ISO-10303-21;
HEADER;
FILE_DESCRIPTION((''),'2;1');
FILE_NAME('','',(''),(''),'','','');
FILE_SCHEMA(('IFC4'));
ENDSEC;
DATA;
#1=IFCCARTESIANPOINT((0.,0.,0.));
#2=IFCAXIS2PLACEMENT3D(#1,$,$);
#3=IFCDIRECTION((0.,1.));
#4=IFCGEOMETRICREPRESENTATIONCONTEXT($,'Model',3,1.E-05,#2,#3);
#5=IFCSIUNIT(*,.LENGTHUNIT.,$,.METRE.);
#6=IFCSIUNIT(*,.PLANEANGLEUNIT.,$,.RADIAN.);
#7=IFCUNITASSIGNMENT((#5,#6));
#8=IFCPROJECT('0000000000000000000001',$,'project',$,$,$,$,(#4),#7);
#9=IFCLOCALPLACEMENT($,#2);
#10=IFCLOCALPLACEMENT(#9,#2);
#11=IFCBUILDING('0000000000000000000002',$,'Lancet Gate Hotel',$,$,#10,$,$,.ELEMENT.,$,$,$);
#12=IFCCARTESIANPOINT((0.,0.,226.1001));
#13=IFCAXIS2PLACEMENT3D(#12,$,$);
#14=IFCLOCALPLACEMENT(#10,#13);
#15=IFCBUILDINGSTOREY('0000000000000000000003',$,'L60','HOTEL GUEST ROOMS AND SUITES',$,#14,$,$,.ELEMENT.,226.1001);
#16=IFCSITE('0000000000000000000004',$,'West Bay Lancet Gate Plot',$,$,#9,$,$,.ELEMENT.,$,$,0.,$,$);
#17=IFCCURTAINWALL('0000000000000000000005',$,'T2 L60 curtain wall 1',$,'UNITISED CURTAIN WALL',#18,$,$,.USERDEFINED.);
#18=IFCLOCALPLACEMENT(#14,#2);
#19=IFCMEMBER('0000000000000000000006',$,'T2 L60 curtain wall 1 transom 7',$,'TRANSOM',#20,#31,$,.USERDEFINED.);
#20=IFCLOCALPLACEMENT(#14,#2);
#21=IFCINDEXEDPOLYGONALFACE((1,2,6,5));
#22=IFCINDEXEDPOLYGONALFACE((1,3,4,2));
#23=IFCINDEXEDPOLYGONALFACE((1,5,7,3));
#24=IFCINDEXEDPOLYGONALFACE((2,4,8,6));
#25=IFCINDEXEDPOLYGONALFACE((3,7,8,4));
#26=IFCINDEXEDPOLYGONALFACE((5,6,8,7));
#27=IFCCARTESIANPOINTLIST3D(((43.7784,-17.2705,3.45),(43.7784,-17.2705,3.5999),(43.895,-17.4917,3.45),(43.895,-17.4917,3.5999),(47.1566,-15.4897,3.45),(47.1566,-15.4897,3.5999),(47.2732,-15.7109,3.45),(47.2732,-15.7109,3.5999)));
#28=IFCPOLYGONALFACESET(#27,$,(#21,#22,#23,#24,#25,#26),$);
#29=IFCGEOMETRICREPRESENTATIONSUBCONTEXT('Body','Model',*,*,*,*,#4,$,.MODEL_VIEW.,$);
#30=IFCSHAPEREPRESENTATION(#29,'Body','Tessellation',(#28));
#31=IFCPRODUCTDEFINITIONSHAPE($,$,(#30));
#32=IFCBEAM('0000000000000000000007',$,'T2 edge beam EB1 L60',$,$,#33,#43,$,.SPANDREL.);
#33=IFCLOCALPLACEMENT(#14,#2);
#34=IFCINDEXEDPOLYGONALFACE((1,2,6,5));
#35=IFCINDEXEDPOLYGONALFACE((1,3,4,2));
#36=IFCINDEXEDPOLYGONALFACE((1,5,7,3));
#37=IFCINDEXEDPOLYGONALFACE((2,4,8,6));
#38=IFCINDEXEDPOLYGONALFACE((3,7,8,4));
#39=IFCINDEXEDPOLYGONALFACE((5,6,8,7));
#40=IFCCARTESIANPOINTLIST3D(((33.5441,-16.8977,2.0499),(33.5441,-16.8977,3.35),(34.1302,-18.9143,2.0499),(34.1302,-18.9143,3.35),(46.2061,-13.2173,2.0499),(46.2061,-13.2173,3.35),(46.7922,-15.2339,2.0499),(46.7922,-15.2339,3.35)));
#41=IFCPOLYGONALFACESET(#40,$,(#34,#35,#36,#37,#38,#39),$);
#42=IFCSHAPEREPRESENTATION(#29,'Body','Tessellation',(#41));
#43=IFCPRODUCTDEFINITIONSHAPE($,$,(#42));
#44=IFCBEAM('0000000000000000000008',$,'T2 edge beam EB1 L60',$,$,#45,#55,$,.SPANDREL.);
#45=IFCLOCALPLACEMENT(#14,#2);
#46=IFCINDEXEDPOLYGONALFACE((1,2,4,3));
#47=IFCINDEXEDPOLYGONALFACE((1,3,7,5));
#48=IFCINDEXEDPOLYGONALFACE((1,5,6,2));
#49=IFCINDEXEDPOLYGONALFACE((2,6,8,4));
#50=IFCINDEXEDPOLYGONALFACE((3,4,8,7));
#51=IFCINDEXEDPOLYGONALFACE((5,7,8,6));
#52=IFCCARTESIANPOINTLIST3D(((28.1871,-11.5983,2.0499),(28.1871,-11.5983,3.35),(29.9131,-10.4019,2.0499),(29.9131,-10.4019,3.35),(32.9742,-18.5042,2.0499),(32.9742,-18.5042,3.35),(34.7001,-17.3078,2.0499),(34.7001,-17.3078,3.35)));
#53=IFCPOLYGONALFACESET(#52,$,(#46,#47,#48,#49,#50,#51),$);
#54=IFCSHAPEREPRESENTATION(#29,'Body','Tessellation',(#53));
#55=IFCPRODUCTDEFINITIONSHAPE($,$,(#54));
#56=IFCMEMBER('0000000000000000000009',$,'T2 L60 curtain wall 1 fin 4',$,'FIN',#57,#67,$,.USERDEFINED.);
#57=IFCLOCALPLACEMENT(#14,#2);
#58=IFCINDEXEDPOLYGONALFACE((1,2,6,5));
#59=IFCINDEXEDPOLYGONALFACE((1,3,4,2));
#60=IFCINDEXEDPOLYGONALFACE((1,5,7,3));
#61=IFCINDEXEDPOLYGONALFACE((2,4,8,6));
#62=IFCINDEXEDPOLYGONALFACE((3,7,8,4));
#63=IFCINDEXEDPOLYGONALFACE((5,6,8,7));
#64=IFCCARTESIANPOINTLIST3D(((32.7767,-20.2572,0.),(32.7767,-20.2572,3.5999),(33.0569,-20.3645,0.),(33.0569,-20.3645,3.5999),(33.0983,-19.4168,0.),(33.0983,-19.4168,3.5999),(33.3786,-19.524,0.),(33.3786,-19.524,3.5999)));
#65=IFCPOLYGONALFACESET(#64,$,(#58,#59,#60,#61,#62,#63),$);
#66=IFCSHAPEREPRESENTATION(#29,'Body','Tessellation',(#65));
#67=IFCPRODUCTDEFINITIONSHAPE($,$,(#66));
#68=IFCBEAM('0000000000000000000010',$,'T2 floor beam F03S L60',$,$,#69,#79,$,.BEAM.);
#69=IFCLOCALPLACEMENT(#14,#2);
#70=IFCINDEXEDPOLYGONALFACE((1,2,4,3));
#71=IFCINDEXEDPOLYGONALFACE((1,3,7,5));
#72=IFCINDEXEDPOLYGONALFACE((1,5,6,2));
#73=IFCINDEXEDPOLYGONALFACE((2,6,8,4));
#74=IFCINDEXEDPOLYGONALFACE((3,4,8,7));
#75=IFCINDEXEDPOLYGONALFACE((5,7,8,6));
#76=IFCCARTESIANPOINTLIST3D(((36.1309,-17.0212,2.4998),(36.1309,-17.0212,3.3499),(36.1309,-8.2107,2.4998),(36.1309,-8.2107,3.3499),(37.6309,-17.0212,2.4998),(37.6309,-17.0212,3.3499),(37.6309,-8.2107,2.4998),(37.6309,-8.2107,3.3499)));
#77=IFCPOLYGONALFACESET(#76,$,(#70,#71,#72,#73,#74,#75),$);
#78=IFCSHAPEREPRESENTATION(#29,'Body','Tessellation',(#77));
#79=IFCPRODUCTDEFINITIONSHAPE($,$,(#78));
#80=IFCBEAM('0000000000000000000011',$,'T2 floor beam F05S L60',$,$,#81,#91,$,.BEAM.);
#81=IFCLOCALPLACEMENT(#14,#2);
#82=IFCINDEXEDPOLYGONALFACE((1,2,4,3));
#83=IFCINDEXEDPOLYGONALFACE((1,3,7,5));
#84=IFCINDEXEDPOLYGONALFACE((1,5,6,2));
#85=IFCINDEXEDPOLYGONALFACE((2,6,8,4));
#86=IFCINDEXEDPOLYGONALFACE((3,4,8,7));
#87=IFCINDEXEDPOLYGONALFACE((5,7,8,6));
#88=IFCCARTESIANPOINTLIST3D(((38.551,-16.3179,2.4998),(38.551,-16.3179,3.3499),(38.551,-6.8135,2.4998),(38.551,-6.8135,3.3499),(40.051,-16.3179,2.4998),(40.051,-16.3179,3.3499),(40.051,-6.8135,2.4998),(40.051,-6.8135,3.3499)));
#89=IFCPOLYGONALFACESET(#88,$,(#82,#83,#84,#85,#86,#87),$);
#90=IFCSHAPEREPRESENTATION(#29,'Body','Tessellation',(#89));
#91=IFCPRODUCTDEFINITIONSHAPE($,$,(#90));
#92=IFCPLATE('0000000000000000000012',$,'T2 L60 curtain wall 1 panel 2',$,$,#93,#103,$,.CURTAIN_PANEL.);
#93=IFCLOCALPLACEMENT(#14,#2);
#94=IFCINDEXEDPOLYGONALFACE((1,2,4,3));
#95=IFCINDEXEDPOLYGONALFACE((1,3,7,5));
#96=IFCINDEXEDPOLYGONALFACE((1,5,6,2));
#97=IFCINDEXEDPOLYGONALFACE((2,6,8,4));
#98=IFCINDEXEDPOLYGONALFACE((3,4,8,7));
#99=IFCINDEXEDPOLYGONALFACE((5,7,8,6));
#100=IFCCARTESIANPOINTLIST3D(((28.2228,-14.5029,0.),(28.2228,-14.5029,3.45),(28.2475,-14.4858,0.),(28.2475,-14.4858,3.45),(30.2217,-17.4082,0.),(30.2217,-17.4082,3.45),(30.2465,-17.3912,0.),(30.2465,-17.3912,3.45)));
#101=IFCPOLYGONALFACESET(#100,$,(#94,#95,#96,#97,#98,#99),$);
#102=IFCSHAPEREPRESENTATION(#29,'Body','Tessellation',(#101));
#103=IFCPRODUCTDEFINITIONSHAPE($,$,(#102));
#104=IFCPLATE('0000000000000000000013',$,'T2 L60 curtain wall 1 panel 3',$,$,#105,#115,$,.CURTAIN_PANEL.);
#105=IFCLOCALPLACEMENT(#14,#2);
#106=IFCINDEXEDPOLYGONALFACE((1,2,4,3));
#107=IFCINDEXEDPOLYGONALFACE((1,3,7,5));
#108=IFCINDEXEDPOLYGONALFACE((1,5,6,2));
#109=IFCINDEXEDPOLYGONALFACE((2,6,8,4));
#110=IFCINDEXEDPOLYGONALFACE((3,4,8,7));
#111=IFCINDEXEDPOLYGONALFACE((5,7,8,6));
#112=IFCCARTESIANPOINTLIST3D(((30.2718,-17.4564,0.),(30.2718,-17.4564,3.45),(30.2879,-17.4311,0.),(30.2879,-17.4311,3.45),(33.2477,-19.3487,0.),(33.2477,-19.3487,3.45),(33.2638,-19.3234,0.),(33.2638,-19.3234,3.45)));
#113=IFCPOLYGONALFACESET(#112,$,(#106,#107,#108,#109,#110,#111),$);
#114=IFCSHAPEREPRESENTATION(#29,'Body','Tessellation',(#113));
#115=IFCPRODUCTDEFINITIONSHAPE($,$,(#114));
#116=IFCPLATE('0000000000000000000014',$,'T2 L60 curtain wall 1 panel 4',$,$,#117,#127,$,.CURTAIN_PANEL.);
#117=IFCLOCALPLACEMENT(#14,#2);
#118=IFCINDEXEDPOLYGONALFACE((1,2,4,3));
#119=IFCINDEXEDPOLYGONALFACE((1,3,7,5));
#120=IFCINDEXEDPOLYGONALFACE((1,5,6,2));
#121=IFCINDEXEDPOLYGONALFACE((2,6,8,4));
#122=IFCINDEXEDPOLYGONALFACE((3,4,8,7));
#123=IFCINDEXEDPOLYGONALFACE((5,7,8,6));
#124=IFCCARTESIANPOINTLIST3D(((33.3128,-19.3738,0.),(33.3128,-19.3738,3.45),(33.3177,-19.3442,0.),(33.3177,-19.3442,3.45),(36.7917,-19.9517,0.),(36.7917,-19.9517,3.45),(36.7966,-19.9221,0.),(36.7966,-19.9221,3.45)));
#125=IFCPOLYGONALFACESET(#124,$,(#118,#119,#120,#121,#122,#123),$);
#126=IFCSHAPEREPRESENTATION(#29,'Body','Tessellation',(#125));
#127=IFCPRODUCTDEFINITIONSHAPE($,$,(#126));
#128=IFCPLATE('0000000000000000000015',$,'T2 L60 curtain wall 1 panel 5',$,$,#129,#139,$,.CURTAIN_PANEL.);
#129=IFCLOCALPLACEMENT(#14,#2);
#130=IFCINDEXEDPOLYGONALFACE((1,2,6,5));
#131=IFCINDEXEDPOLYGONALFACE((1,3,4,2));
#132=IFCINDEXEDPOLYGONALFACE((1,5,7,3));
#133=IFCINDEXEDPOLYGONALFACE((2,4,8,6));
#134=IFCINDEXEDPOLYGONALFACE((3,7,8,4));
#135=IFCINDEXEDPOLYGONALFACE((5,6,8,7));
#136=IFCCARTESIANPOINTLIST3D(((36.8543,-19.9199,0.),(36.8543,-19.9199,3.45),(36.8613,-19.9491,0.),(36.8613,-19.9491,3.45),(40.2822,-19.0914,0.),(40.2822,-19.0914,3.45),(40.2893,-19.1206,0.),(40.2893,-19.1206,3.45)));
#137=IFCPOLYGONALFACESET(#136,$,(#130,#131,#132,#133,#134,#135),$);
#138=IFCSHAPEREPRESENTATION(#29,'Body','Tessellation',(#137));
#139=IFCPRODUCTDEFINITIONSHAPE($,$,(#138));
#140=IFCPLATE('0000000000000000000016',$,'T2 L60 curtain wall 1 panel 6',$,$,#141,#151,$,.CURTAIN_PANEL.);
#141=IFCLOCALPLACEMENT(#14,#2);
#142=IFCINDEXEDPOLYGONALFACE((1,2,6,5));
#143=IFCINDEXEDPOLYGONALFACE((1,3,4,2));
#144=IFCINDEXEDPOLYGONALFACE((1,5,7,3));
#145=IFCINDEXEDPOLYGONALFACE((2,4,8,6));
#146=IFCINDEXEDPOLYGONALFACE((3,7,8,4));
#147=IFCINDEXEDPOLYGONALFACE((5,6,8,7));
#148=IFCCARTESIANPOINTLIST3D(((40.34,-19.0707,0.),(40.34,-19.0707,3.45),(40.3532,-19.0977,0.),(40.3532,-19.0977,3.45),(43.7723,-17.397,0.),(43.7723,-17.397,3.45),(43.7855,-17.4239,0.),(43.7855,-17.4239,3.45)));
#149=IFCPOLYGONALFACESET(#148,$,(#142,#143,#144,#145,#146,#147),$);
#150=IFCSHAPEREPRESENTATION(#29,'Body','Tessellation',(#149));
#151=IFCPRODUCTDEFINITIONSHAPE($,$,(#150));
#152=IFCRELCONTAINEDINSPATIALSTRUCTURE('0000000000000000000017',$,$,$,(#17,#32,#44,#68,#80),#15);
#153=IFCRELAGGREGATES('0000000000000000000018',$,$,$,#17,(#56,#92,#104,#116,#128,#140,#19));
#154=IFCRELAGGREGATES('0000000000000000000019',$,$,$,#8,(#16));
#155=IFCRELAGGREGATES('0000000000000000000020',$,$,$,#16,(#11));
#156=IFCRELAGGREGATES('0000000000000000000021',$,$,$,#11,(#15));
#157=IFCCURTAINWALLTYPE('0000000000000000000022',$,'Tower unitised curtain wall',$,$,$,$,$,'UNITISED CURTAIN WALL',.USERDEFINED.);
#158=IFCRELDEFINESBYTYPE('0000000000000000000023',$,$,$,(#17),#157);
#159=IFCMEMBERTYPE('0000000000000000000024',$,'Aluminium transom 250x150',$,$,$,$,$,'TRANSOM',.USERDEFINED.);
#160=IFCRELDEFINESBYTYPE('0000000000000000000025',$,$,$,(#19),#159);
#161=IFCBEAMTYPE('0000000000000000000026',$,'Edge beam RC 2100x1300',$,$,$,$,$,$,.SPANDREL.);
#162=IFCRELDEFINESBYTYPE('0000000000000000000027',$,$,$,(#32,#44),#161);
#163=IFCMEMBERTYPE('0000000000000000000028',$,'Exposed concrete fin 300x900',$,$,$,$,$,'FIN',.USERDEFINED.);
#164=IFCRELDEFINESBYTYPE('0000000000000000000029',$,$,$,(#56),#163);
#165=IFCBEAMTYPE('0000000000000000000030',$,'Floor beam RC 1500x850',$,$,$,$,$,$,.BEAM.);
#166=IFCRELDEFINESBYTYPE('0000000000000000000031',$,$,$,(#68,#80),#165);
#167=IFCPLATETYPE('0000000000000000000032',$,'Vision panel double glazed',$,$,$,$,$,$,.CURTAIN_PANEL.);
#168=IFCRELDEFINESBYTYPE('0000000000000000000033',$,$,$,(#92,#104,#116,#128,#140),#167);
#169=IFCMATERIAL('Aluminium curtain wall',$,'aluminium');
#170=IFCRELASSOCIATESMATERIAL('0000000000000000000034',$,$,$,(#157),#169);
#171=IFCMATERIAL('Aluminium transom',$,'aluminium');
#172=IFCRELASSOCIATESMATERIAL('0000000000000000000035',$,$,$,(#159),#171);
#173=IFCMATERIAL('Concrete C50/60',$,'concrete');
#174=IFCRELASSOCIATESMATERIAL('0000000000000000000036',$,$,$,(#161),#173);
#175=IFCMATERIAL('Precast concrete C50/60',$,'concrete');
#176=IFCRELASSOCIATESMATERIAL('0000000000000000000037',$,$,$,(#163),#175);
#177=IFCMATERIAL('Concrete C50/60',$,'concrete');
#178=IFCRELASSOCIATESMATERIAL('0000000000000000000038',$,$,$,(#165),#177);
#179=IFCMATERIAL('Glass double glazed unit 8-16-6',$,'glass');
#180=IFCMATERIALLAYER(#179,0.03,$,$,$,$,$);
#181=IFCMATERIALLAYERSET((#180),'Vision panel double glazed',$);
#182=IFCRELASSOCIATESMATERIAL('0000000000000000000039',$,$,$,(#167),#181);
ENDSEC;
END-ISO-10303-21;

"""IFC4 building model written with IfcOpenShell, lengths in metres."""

from ifc_helpers import new_model, si_unit, direction, frame, origin, origin_2d, place, context, subcontext, project, spatial, rectangle, extrude, material, layer, layer_set, material_profile, profile_set, type_object, element, aggregate, save


model = new_model("IFC4")

# Units and contexts
model_context = context("Model", 3, precision=1e-05, world=origin(), true_north=direction((0.0, 1.0)))
body_context = subcontext(model_context, "Body", "Model", "MODEL_VIEW")
ifc_project = project(units=[si_unit("LENGTHUNIT", "METRE"), si_unit("PLANEANGLEUNIT", "RADIAN")], contexts=[model_context])

# Site, building, storey
site_placement = place(None, origin())
site = spatial("IfcSite", under=ifc_project, at=site_placement, Name="West Bay Lancet Gate Plot", CompositionType="ELEMENT", RefElevation=0.0)
building_placement = place(site_placement, origin())
building = spatial("IfcBuilding", under=site, at=building_placement, Name="Lancet Gate Hotel", CompositionType="ELEMENT")
storey_placement = place(building_placement, frame((0.0, 0.0, 226.1001)))
storey = spatial("IfcBuildingStorey", under=building, at=storey_placement, Name="L60", Description="HOTEL GUEST ROOMS AND SUITES", CompositionType="ELEMENT", Elevation=226.1001)

# Curtain wall, member
ifc_material_1 = material(Name="Aluminium curtain wall", Category="aluminium")
curtain_wall_type = type_object("IfcCurtainWallType", Name="Tower unitised curtain wall", ElementType="UNITISED CURTAIN WALL", PredefinedType="USERDEFINED", material=ifc_material_1)
curtain_wall_placement = place(storey_placement, origin())
curtain_wall = element("IfcCurtainWall", 1, at=curtain_wall_placement, inside=storey, type_object=curtain_wall_type, Name="T2 L60 curtain wall 1", ObjectType="UNITISED CURTAIN WALL", PredefinedType="USERDEFINED")
ifc_material_2 = material(Name="Aluminium transom", Category="aluminium")
ifc_material_profile_1 = material_profile(ifc_material_2, rectangle(XDim=0.25, YDim=0.1499, at=origin_2d()), Name="TRANSOM 250x150")
ifc_profile_set_1 = profile_set([ifc_material_profile_1], Name="Aluminium transom")
member_type_1 = type_object("IfcMemberType", Name="Aluminium transom 250x150", ElementType="TRANSOM", PredefinedType="USERDEFINED", material=ifc_profile_set_1)
member_1_placement = place(storey_placement, frame((43.8367, -17.3811, 3.5249), z_axis=(0.884618, 0.466315, 0.0), x_axis=(-0.466315, 0.884618, 0.0)))
member_1 = element("IfcMember", 2, at=member_1_placement, type_object=member_type_1, Name="T2 L60 curtain wall 1 transom 7", ObjectType="TRANSOM", PredefinedType="USERDEFINED", context=body_context, shape_type="SweptSolid", body=[
    extrude(rectangle(XDim=0.25, YDim=0.1499, at=origin_2d()), origin(), (0.0, 0.0, 1.0), 3.8188),
])

# Beams
ifc_material_3 = material(Name="Concrete C50/60", Category="concrete")
ifc_material_profile_2 = material_profile(ifc_material_3, rectangle(XDim=2.1001, YDim=1.3, at=origin_2d()), Name="RC 2100x1300")
ifc_profile_set_2 = profile_set([ifc_material_profile_2], Name="Concrete C50/60")
beam_type_1 = type_object("IfcBeamType", Name="Edge beam RC 2100x1300", PredefinedType="SPANDREL", material=ifc_profile_set_2)
beam_1_placement = place(storey_placement, frame((33.8372, -17.906, 2.7), z_axis=(0.960258, 0.279113, 0.0), x_axis=(-0.279113, 0.960258, 0.0)))
element("IfcBeam", 3, at=beam_1_placement, inside=storey, type_object=beam_type_1, Name="T2 edge beam EB1 L60", PredefinedType="SPANDREL", context=body_context, shape_type="SweptSolid", body=[
    extrude(rectangle(XDim=2.1001, YDim=1.3, at=origin_2d()), origin(), (0.0, 0.0, 1.0), 13.186),
])
beam_2_placement = place(storey_placement, frame((33.8372, -17.906, 2.7), z_axis=(-0.569695, 0.821856, 0.0), x_axis=(-0.821856, -0.569695, 0.0)))
element("IfcBeam", 4, at=beam_2_placement, inside=storey, type_object=beam_type_1, Name="T2 edge beam EB1 L60", PredefinedType="SPANDREL", context=body_context, shape_type="SweptSolid", body=[
    extrude(rectangle(XDim=2.1001, YDim=1.3, at=origin_2d()), origin(), (0.0, 0.0, 1.0), 8.4028),
])

# Member
ifc_material_4 = material(Name="Precast concrete C50/60", Category="concrete")
ifc_material_profile_3 = material_profile(ifc_material_4, rectangle(XDim=0.3, YDim=0.8999, at=origin_2d()), Name="FIN 300x900")
ifc_profile_set_3 = profile_set([ifc_material_profile_3], Name="Precast concrete C50/60")
member_type_2 = type_object("IfcMemberType", Name="Exposed concrete fin 300x900", ElementType="FIN", PredefinedType="USERDEFINED", material=ifc_profile_set_3)
member_2_placement = place(storey_placement, frame((33.0776, -19.8906, 0.0), z_axis=(0.0, 0.0, 1.0), x_axis=(0.933943, -0.357421, 0.0)))
member_2 = element("IfcMember", 5, at=member_2_placement, type_object=member_type_2, Name="T2 L60 curtain wall 1 fin 4", ObjectType="FIN", PredefinedType="USERDEFINED", context=body_context, shape_type="SweptSolid", body=[
    extrude(rectangle(XDim=0.3, YDim=0.8999, at=origin_2d()), origin(), (0.0, 0.0, 1.0), 3.5999),
])

# Beams
ifc_material_5 = material(Name="Concrete C50/60", Category="concrete")
ifc_material_profile_4 = material_profile(ifc_material_5, rectangle(XDim=1.5, YDim=0.8501, at=origin_2d()), Name="RC 1500x850")
ifc_profile_set_4 = profile_set([ifc_material_profile_4], Name="Concrete C50/60")
beam_type_2 = type_object("IfcBeamType", Name="Floor beam RC 1500x850", PredefinedType="BEAM", material=ifc_profile_set_4)
beam_3_placement = place(storey_placement, frame((36.8809, -17.0212, 2.9248), z_axis=(0.0, 1.0, 0.0), x_axis=(-1.0, 0.0, 0.0)))
element("IfcBeam", 6, at=beam_3_placement, inside=storey, type_object=beam_type_2, Name="T2 floor beam F03S L60", PredefinedType="BEAM", context=body_context, shape_type="SweptSolid", body=[
    extrude(rectangle(XDim=1.5, YDim=0.8501, at=origin_2d()), origin(), (0.0, 0.0, 1.0), 8.8105),
])
beam_4_placement = place(storey_placement, frame((39.301, -16.3179, 2.9248), z_axis=(0.0, 1.0, 0.0), x_axis=(-1.0, 0.0, 0.0)))
element("IfcBeam", 7, at=beam_4_placement, inside=storey, type_object=beam_type_2, Name="T2 floor beam F05S L60", PredefinedType="BEAM", context=body_context, shape_type="SweptSolid", body=[
    extrude(rectangle(XDim=1.5, YDim=0.8501, at=origin_2d()), origin(), (0.0, 0.0, 1.0), 9.5044),
])

# Plates
ifc_material_6 = material(Name="Glass double glazed unit 8-16-6", Category="glass")
ifc_layer = layer(ifc_material_6, 0.03)
ifc_layer_set = layer_set([ifc_layer], Name="Vision panel double glazed")
plate_type = type_object("IfcPlateType", Name="Vision panel double glazed", PredefinedType="CURTAIN_PANEL", material=ifc_layer_set)
plate_1_placement = place(storey_placement, frame((29.2346, -15.947, 0.0), z_axis=(0.0, 0.0, 1.0), x_axis=(0.566824, -0.823839, 0.0)))
plate_1 = element("IfcPlate", 8, at=plate_1_placement, type_object=plate_type, Name="T2 L60 curtain wall 1 panel 2", PredefinedType="CURTAIN_PANEL", context=body_context, shape_type="SweptSolid", body=[
    extrude(rectangle(XDim=3.5266, YDim=0.03, at=origin_2d()), origin(), (0.0, 0.0, 1.0), 3.45),
])
plate_2_placement = place(storey_placement, frame((31.7678, -18.3899, 0.0), z_axis=(0.0, 0.0, 1.0), x_axis=(0.843845, -0.536587, 0.0)))
plate_2 = element("IfcPlate", 9, at=plate_2_placement, type_object=plate_type, Name="T2 L60 curtain wall 1 panel 3", PredefinedType="CURTAIN_PANEL", context=body_context, shape_type="SweptSolid", body=[
    extrude(rectangle(XDim=3.5266, YDim=0.03, at=origin_2d()), origin(), (0.0, 0.0, 1.0), 3.45),
])
plate_3_placement = place(storey_placement, frame((35.0547, -19.6479, 0.0), z_axis=(0.0, 0.0, 1.0), x_axis=(0.98648, -0.163881, 0.0)))
plate_3 = element("IfcPlate", 10, at=plate_3_placement, type_object=plate_type, Name="T2 L60 curtain wall 1 panel 4", PredefinedType="CURTAIN_PANEL", context=body_context, shape_type="SweptSolid", body=[
    extrude(rectangle(XDim=3.5266, YDim=0.03, at=origin_2d()), origin(), (0.0, 0.0, 1.0), 3.45),
])
plate_4_placement = place(storey_placement, frame((38.5718, -19.5203, 0.0), z_axis=(0.0, 0.0, 1.0), x_axis=(0.972014, 0.234924, 0.0)))
plate_4 = element("IfcPlate", 11, at=plate_4_placement, type_object=plate_type, Name="T2 L60 curtain wall 1 panel 5", PredefinedType="CURTAIN_PANEL", context=body_context, shape_type="SweptSolid", body=[
    extrude(rectangle(XDim=3.5266, YDim=0.03, at=origin_2d()), origin(), (0.0, 0.0, 1.0), 3.45),
])
plate_5_placement = place(storey_placement, frame((42.0627, -18.2473, 0.0), z_axis=(0.0, 0.0, 1.0), x_axis=(0.898823, 0.438311, 0.0)))
plate_5 = element("IfcPlate", 12, at=plate_5_placement, type_object=plate_type, Name="T2 L60 curtain wall 1 panel 6", PredefinedType="CURTAIN_PANEL", context=body_context, shape_type="SweptSolid", body=[
    extrude(rectangle(XDim=3.8186, YDim=0.03, at=origin_2d()), origin(), (0.0, 0.0, 1.0), 3.45),
])
aggregate(curtain_wall, [member_2, plate_1, plate_2, plate_3, plate_4, plate_5, member_1])

save(model, "model.ifc")
